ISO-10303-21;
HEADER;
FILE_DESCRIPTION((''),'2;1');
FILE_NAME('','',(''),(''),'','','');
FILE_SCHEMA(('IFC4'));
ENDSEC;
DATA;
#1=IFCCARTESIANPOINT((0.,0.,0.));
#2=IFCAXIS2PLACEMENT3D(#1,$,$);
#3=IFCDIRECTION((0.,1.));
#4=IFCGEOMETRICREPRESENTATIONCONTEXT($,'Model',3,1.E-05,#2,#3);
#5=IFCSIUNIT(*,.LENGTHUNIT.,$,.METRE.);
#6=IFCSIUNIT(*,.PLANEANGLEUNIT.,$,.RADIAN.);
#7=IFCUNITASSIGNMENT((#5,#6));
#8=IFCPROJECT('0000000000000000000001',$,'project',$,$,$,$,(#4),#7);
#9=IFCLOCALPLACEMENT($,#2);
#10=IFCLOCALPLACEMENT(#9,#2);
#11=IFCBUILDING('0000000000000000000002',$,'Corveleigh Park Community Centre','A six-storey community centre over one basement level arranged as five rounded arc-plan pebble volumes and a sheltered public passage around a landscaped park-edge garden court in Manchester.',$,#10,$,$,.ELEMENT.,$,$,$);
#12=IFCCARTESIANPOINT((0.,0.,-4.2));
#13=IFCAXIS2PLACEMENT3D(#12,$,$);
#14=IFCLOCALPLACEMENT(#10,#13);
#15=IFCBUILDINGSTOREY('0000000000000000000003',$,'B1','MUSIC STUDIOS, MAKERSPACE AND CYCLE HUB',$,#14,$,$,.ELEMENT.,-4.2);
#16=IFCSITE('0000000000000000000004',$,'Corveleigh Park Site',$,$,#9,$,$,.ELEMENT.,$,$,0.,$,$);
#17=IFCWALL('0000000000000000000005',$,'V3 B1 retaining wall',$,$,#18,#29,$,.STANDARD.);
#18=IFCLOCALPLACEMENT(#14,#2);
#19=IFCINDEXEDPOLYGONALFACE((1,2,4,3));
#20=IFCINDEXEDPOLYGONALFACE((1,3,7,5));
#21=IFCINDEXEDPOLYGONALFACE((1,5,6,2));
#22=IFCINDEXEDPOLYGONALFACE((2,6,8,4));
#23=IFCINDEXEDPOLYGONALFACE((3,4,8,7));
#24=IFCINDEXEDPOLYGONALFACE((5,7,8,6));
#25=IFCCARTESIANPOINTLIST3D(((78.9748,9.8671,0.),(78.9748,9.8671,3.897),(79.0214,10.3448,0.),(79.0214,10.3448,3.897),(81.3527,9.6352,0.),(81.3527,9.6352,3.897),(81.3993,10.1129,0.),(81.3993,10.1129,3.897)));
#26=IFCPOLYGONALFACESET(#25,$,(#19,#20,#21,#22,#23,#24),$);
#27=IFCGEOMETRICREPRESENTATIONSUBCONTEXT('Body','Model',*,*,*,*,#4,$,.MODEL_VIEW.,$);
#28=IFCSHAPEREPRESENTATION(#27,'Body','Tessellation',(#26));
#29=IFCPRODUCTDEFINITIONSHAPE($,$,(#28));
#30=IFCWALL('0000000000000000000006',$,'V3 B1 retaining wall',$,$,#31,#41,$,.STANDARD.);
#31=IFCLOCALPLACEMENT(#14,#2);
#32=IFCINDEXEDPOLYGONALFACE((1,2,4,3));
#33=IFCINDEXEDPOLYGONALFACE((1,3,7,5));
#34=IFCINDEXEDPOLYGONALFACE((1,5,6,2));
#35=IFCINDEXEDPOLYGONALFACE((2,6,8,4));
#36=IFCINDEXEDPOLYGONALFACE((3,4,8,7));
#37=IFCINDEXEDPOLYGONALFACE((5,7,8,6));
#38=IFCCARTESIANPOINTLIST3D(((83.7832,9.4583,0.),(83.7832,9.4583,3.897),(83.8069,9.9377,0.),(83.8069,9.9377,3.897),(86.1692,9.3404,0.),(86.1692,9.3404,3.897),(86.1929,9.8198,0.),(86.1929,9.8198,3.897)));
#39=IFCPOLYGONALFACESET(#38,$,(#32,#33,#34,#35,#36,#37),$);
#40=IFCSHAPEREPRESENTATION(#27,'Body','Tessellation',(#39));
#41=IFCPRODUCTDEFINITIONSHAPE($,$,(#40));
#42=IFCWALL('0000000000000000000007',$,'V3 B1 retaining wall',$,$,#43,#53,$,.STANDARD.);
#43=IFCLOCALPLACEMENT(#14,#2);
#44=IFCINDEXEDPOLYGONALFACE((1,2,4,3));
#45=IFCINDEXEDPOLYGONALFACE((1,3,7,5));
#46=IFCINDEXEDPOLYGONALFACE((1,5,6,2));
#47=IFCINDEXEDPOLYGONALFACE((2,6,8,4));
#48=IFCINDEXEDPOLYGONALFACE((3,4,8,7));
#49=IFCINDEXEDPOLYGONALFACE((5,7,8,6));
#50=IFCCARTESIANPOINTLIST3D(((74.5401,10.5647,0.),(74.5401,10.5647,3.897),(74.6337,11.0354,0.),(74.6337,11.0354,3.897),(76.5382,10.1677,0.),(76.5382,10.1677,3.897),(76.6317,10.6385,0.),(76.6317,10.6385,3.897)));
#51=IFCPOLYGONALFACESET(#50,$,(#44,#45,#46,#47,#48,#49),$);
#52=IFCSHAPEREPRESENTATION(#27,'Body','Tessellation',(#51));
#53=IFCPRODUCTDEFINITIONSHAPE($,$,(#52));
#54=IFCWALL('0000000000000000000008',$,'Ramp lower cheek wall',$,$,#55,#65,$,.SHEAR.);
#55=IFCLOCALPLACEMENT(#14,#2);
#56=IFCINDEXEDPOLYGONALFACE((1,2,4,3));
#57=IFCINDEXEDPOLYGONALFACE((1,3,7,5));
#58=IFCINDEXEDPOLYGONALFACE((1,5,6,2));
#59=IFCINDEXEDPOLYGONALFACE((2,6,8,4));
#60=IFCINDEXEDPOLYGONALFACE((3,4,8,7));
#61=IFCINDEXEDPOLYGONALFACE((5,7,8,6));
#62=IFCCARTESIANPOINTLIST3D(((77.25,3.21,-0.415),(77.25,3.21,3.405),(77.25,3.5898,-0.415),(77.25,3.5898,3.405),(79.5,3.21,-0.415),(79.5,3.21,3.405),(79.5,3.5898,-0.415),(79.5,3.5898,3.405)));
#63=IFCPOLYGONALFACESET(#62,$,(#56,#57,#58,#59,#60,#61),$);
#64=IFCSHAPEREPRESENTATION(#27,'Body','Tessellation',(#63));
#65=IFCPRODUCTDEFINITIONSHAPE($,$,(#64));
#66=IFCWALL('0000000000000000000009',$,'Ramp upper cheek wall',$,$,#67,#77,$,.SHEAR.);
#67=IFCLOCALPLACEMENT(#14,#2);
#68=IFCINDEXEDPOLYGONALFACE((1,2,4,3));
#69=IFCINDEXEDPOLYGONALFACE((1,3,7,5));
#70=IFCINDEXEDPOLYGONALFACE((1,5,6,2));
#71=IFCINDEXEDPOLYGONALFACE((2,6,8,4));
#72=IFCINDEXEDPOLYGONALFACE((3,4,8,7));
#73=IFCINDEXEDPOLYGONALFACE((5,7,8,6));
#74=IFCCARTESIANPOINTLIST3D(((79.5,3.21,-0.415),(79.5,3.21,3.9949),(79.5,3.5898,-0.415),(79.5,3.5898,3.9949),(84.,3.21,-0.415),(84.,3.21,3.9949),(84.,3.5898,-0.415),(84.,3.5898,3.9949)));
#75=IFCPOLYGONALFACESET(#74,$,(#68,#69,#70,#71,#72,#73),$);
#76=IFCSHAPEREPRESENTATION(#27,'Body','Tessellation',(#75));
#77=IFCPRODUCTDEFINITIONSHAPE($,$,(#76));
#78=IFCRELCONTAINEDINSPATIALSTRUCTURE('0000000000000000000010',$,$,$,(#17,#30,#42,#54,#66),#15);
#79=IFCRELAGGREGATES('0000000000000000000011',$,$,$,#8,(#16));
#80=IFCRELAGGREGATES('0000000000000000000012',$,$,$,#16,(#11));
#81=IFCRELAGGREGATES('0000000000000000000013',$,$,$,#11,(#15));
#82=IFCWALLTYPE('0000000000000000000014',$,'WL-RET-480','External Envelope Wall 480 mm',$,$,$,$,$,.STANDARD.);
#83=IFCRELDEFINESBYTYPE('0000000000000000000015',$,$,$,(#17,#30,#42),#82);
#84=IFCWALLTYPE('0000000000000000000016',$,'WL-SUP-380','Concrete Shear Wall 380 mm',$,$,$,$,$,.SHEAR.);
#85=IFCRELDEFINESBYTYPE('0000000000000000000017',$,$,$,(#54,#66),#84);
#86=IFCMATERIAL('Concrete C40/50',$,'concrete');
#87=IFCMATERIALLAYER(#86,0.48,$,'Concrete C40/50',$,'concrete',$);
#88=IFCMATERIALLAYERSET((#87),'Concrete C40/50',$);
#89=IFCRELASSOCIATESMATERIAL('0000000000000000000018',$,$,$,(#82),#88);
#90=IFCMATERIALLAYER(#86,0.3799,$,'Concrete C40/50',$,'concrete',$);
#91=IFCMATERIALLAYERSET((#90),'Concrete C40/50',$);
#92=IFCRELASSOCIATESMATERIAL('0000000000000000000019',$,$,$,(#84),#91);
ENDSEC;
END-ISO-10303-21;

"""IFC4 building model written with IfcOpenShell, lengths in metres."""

from ifc_helpers import new_model, si_unit, direction, frame, frame_2d, origin, place, context, subcontext, project, spatial, rectangle, extrude, material, layer, layer_set, type_object, element, save


model = new_model("IFC4")

# Units and contexts
model_context = context("Model", 3, precision=1e-05, world=origin(), true_north=direction((0.0, 1.0)))
body_context = subcontext(model_context, "Body", "Model", "MODEL_VIEW")
ifc_project = project(units=[si_unit("LENGTHUNIT", "METRE"), si_unit("PLANEANGLEUNIT", "RADIAN")], contexts=[model_context])

# Site, building, storey
site_placement = place(None, origin())
site = spatial("IfcSite", under=ifc_project, at=site_placement, Name="Corveleigh Park Site", CompositionType="ELEMENT", RefElevation=0.0)
building_placement = place(site_placement, origin())
building = spatial("IfcBuilding", under=site, at=building_placement, Name="Corveleigh Park Community Centre", Description="A six-storey community centre over one basement level arranged as five rounded arc-plan pebble volumes and a sheltered public passage around a landscaped park-edge garden court in Manchester.", CompositionType="ELEMENT")
storey_placement = place(building_placement, frame((0.0, 0.0, -4.2)))
storey = spatial("IfcBuildingStorey", under=building, at=storey_placement, Name="B1", Description="MUSIC STUDIOS, MAKERSPACE AND CYCLE HUB", CompositionType="ELEMENT", Elevation=-4.2)

# Shared definitions
ifc_material_1 = material(Name="Concrete C40/50", Category="concrete")

# Walls
ifc_layer_1 = layer(ifc_material_1, 0.48, Name="Concrete C40/50", Category="concrete")
ifc_layer_set_1 = layer_set([ifc_layer_1], Name="Concrete C40/50")
wall_type_1 = type_object("IfcWallType", Name="WL-RET-480", Description="External Envelope Wall 480 mm", PredefinedType="STANDARD", material=ifc_layer_set_1)
wall_1_placement = place(storey_placement, frame((81.376, 9.874, 0.0), z_axis=(0.0, 0.0, 1.0), x_axis=(-0.995277, 0.097075, 0.0)))
element("IfcWall", 1, at=wall_1_placement, inside=storey, type_object=wall_type_1, Name="V3 B1 retaining wall", PredefinedType="STANDARD", context=body_context, shape_type="SweptSolid", body=[
    extrude(rectangle(XDim=2.3892, YDim=0.48, at=frame_2d((1.1946, 0.0))), origin(), (0.0, 0.0, 1.0), 3.897),
])
wall_2_placement = place(storey_placement, frame((86.1809, 9.5801, 0.0), z_axis=(0.0, 0.0, 1.0), x_axis=(-0.998781, 0.049362, 0.0)))
element("IfcWall", 2, at=wall_2_placement, inside=storey, type_object=wall_type_1, Name="V3 B1 retaining wall", PredefinedType="STANDARD", context=body_context, shape_type="SweptSolid", body=[
    extrude(rectangle(XDim=2.3889, YDim=0.48, at=frame_2d((1.1943, 0.0))), origin(), (0.0, 0.0, 1.0), 3.897),
])
wall_3_placement = place(storey_placement, frame((76.585, 10.4031, 0.0), z_axis=(0.0, 0.0, 1.0), x_axis=(-0.980829, 0.194871, 0.0)))
element("IfcWall", 3, at=wall_3_placement, inside=storey, type_object=wall_type_1, Name="V3 B1 retaining wall", PredefinedType="STANDARD", context=body_context, shape_type="SweptSolid", body=[
    extrude(rectangle(XDim=2.0371, YDim=0.48, at=frame_2d((1.0186, 0.0))), origin(), (0.0, 0.0, 1.0), 3.897),
])
ifc_layer_2 = layer(ifc_material_1, 0.3799, Name="Concrete C40/50", Category="concrete")
ifc_layer_set_2 = layer_set([ifc_layer_2], Name="Concrete C40/50")
wall_type_2 = type_object("IfcWallType", Name="WL-SUP-380", Description="Concrete Shear Wall 380 mm", PredefinedType="SHEAR", material=ifc_layer_set_2)
wall_4_placement = place(storey_placement, frame((77.25, 3.3999, -0.415), z_axis=(0.0, 0.0, 1.0), x_axis=(1.0, 0.0, 0.0)))
element("IfcWall", 4, at=wall_4_placement, inside=storey, type_object=wall_type_2, Name="Ramp lower cheek wall", PredefinedType="SHEAR", context=body_context, shape_type="SweptSolid", body=[
    extrude(rectangle(XDim=2.25, YDim=0.3799, at=frame_2d((1.125, 0.0))), origin(), (0.0, 0.0, 1.0), 3.8201),
])
wall_5_placement = place(storey_placement, frame((79.5, 3.3999, -0.415), z_axis=(0.0, 0.0, 1.0), x_axis=(1.0, 0.0, 0.0)))
element("IfcWall", 5, at=wall_5_placement, inside=storey, type_object=wall_type_2, Name="Ramp upper cheek wall", PredefinedType="SHEAR", context=body_context, shape_type="SweptSolid", body=[
    extrude(rectangle(XDim=4.5, YDim=0.3799, at=frame_2d((2.25, 0.0))), origin(), (0.0, 0.0, 1.0), 4.4099),
])

save(model, "model.ifc")
